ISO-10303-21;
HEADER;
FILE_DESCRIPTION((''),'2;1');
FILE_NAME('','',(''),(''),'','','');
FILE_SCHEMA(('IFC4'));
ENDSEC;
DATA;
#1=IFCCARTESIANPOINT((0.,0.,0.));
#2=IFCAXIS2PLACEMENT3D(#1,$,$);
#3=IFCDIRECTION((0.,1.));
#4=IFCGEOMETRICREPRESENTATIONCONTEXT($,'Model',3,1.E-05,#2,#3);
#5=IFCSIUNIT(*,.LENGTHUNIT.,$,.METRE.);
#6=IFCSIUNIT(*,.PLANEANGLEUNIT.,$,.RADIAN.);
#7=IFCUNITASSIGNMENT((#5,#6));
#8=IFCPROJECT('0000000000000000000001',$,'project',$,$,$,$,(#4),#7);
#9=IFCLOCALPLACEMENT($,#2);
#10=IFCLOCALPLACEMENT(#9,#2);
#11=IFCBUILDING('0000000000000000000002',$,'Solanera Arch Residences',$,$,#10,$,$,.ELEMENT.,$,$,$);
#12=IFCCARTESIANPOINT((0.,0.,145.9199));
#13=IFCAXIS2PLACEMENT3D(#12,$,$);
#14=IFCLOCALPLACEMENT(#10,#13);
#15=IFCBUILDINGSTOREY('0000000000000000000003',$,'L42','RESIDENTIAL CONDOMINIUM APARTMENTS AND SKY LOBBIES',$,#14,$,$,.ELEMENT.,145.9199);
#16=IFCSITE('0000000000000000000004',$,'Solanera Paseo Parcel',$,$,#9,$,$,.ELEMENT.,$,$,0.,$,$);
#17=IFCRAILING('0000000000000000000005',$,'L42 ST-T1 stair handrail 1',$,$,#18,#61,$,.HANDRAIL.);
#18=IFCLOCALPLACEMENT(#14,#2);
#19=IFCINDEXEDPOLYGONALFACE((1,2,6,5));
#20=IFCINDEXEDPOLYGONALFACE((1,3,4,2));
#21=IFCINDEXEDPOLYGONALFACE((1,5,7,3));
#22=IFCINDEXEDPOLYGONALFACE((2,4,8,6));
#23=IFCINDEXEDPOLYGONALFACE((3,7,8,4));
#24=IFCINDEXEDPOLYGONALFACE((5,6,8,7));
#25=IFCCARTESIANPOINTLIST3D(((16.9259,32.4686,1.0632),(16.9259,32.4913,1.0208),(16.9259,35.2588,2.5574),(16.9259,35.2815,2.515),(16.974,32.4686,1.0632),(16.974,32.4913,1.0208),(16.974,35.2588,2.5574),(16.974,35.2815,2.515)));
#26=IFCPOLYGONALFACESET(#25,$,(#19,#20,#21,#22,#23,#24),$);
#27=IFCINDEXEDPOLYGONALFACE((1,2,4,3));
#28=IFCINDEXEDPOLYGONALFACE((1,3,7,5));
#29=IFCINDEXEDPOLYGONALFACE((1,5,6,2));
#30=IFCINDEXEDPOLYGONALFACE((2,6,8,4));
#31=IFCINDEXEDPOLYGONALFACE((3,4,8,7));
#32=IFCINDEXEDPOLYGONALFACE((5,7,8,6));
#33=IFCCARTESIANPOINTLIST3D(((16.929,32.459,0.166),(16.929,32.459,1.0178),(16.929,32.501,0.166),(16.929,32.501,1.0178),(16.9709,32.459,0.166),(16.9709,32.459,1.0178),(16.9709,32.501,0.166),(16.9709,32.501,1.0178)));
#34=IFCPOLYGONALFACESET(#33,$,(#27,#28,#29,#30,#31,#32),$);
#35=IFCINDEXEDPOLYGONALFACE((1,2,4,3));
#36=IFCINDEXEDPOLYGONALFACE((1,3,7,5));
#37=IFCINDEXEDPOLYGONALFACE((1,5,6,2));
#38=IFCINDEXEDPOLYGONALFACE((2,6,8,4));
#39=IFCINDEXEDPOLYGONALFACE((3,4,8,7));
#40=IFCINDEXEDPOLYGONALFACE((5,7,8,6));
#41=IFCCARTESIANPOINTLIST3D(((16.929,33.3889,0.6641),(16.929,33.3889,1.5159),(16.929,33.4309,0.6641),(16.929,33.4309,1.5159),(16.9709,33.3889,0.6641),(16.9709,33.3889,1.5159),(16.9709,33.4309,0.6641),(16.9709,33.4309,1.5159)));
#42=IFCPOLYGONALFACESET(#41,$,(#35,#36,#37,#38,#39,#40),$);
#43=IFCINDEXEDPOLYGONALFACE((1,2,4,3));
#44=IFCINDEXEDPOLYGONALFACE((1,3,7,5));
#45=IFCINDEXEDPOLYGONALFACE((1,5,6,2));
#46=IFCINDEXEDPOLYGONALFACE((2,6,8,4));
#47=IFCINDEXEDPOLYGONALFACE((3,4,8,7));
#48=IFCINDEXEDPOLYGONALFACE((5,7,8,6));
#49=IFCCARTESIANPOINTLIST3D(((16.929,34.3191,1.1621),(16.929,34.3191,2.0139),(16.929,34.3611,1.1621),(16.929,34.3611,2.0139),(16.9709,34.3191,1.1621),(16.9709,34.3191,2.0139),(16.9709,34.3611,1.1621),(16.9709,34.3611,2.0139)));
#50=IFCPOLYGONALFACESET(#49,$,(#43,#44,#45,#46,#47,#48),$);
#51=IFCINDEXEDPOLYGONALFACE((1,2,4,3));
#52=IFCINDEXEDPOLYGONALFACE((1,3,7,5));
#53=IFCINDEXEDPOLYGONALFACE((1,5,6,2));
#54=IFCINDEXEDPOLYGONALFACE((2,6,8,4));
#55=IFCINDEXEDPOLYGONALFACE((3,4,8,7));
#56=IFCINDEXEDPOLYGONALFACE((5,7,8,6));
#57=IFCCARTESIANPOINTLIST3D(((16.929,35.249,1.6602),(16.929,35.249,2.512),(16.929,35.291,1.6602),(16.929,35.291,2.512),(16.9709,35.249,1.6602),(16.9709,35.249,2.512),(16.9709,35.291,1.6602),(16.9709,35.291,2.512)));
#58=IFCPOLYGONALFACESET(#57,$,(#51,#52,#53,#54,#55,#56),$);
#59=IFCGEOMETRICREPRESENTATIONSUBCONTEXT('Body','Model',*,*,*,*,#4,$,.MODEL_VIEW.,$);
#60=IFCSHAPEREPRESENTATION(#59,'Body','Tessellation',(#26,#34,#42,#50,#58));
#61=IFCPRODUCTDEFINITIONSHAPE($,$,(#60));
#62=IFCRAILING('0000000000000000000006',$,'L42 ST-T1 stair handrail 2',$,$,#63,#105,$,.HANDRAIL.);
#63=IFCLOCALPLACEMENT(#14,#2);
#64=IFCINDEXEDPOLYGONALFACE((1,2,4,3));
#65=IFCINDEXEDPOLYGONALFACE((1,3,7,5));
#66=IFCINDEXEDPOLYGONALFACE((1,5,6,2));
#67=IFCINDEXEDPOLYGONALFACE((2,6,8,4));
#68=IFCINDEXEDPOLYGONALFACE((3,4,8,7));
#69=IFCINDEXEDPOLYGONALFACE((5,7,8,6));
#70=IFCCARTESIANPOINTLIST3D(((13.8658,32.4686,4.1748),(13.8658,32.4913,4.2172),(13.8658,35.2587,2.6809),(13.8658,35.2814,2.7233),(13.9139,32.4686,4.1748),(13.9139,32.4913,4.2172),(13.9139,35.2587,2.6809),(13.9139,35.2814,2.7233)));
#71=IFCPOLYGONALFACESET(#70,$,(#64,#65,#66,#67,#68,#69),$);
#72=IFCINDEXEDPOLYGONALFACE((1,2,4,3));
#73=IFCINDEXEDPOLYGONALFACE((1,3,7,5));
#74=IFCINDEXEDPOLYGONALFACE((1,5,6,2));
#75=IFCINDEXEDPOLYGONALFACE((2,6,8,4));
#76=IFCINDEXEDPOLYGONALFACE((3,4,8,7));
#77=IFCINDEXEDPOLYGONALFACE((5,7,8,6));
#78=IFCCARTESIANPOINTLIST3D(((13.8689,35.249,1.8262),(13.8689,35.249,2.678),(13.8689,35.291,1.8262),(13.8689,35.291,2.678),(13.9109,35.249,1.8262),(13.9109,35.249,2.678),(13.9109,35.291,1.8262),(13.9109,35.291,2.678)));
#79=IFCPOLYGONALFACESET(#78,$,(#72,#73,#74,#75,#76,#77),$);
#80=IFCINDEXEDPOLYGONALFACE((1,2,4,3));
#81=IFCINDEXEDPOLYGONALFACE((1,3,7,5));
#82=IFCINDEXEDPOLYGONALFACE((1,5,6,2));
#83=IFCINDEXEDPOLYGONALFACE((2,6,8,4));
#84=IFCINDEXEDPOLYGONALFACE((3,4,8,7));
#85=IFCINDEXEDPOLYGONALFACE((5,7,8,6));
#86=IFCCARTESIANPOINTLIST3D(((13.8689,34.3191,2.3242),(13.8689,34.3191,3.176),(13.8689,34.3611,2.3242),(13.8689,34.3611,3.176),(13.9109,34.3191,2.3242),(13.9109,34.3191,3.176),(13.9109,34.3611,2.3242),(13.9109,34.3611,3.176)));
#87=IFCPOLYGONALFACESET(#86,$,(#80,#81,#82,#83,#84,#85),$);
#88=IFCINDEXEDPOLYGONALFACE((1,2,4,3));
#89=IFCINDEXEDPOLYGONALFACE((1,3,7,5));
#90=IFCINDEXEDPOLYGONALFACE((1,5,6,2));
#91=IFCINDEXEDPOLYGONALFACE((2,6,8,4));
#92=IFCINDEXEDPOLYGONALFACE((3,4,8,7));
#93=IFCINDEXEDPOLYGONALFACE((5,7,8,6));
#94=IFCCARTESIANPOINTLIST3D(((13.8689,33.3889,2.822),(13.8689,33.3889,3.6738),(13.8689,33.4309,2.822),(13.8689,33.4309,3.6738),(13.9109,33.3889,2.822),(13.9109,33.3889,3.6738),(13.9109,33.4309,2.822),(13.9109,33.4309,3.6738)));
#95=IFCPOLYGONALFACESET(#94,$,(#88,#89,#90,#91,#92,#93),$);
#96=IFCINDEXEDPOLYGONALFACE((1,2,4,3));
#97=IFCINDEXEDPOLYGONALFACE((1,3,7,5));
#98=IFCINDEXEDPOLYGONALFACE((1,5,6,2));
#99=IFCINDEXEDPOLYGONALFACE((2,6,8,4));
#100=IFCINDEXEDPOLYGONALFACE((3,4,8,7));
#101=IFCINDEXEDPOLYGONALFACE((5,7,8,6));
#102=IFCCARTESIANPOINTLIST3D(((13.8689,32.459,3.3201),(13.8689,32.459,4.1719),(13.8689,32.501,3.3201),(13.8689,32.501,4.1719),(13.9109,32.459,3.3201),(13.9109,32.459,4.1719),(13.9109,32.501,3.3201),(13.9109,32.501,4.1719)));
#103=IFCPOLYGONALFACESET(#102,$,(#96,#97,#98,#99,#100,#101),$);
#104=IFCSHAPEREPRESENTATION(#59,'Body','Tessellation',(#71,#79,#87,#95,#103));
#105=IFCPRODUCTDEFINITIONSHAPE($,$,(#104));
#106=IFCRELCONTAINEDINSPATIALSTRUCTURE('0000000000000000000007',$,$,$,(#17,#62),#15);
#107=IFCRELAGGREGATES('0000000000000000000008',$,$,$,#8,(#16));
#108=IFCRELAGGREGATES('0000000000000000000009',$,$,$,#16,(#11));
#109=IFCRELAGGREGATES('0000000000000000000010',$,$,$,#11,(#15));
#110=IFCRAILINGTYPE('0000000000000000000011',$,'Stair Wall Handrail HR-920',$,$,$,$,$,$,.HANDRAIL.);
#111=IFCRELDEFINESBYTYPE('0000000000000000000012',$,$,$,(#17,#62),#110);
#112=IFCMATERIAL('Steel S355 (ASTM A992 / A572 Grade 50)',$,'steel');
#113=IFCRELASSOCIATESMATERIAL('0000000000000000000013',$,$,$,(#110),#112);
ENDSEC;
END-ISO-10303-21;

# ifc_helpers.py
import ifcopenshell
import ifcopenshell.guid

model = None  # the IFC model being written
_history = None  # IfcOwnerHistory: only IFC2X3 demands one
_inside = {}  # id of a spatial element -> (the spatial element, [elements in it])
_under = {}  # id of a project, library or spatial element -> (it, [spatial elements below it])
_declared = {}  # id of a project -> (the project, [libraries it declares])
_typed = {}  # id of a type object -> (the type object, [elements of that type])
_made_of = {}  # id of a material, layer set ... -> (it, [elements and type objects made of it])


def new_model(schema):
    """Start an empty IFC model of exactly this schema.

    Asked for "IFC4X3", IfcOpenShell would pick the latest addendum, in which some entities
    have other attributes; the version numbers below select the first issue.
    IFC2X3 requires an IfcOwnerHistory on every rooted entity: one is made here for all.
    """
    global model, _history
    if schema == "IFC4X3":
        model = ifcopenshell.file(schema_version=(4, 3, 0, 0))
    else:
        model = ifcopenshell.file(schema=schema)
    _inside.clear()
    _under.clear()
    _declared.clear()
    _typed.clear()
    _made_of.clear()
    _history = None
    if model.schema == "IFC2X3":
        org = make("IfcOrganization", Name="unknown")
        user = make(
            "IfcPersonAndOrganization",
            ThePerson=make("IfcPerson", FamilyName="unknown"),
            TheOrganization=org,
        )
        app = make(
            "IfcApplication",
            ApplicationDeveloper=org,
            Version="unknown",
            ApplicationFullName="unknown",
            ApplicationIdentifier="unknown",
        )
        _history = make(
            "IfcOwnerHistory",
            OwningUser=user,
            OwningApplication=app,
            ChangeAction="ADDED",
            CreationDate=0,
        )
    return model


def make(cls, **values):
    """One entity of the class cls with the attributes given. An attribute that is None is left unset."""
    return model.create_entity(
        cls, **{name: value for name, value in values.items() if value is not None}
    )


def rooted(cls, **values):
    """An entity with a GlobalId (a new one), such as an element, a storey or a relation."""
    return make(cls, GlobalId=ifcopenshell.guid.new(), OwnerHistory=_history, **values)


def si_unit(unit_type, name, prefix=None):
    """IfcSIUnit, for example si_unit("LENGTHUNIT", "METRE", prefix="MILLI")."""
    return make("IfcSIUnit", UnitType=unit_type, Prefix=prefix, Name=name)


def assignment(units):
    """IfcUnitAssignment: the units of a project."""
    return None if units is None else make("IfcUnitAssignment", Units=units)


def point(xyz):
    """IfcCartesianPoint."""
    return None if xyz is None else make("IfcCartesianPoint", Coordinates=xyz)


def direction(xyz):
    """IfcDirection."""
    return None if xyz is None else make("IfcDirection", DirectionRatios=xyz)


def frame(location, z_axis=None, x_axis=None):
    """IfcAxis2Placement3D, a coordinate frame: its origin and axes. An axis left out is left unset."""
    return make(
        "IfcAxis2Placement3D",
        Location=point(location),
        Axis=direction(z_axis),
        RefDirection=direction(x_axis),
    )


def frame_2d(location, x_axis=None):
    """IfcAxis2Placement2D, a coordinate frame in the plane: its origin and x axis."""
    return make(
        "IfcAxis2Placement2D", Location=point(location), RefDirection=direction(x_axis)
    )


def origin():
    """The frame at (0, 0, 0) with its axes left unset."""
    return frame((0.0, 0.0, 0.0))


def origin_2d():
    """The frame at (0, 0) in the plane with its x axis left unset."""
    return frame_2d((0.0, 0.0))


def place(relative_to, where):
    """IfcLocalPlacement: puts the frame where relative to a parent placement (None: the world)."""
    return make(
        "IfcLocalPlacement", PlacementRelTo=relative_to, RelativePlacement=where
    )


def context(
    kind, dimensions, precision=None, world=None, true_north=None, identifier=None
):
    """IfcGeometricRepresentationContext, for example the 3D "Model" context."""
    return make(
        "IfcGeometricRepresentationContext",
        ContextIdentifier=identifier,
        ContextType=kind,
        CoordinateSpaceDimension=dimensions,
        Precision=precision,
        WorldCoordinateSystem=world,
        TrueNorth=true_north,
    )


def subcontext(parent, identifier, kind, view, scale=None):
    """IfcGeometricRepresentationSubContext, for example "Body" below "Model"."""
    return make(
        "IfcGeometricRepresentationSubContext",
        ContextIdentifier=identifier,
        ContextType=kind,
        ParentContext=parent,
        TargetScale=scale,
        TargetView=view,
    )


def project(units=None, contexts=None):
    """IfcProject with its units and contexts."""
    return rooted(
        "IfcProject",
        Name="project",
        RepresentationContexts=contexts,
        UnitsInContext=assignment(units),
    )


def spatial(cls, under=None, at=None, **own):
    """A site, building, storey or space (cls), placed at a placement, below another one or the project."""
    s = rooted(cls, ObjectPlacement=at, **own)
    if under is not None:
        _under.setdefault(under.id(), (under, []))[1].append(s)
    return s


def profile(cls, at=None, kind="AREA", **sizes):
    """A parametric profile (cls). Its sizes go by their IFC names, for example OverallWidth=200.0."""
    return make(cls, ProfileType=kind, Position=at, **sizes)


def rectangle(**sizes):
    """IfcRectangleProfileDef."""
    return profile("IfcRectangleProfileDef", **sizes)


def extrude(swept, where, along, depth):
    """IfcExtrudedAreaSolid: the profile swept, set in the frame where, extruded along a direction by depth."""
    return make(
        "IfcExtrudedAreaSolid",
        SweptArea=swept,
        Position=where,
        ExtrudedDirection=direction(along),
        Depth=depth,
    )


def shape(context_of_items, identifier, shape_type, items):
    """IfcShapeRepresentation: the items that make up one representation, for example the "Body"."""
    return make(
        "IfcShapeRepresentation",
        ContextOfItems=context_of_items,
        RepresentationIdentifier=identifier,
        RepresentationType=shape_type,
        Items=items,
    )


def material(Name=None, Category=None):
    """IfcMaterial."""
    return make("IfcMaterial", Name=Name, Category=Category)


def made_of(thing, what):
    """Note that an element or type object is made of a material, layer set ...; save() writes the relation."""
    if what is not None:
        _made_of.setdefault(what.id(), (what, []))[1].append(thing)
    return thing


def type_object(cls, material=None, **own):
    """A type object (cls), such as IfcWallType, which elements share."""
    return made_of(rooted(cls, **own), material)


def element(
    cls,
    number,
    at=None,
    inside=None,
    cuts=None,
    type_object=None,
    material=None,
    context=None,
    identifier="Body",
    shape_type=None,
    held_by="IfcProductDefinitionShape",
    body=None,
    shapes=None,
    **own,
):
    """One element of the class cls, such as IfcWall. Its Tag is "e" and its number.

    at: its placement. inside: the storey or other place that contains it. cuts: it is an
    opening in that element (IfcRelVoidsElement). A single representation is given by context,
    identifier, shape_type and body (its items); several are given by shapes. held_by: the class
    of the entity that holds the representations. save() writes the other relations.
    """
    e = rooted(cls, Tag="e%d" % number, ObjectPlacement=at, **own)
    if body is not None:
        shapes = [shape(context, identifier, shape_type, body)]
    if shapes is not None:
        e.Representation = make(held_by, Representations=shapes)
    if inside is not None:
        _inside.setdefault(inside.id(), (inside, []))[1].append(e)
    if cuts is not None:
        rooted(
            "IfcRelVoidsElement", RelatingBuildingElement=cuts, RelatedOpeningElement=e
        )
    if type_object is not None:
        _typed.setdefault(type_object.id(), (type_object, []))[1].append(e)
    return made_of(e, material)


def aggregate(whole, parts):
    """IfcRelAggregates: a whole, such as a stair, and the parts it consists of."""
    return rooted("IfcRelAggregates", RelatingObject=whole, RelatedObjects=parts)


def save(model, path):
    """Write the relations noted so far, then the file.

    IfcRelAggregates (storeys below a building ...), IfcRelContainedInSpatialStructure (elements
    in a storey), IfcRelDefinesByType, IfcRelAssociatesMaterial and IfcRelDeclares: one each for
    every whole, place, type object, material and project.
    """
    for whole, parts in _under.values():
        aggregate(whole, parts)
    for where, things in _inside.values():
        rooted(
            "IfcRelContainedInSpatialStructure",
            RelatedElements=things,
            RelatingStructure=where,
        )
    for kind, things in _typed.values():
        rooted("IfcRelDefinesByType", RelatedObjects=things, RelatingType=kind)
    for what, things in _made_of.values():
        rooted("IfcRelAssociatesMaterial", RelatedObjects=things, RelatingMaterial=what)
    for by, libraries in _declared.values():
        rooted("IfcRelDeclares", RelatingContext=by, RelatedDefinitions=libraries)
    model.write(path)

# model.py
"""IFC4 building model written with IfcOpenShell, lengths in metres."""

from ifc_helpers import new_model, si_unit, direction, frame, origin, origin_2d, place, context, subcontext, project, spatial, rectangle, extrude, material, type_object, element, save


model = new_model("IFC4")

# Units and contexts
model_context = context("Model", 3, precision=1e-05, world=origin(), true_north=direction((0.0, 1.0)))
body_context = subcontext(model_context, "Body", "Model", "MODEL_VIEW")
ifc_project = project(units=[si_unit("LENGTHUNIT", "METRE"), si_unit("PLANEANGLEUNIT", "RADIAN")], contexts=[model_context])

# Site, building, storey
site_placement = place(None, origin())
site = spatial("IfcSite", under=ifc_project, at=site_placement, Name="Solanera Paseo Parcel", CompositionType="ELEMENT", RefElevation=0.0)
building_placement = place(site_placement, origin())
building = spatial("IfcBuilding", under=site, at=building_placement, Name="Solanera Arch Residences", CompositionType="ELEMENT")
storey_placement = place(building_placement, frame((0.0, 0.0, 145.9199)))
storey = spatial("IfcBuildingStorey", under=building, at=storey_placement, Name="L42", Description="RESIDENTIAL CONDOMINIUM APARTMENTS AND SKY LOBBIES", CompositionType="ELEMENT", Elevation=145.9199)

# Railings
ifc_material_1 = material(Name="Steel S355 (ASTM A992 / A572 Grade 50)", Category="steel")
railing_type_1 = type_object("IfcRailingType", Name="Stair Wall Handrail HR-920", PredefinedType="HANDRAIL", material=ifc_material_1)
railing_1_placement = place(storey_placement, frame((16.95, 32.48, 0.166)))
element("IfcRailing", 1, at=railing_1_placement, inside=storey, type_object=railing_type_1, Name="L42 ST-T1 stair handrail 1", PredefinedType="HANDRAIL", context=body_context, shape_type="SweptSolid", body=[
    extrude(rectangle(XDim=0.0481, YDim=0.0481, at=origin_2d()), frame((0.0, 0.0, 0.876), z_axis=(0.0, 0.881549, 0.472093), x_axis=(-1.0, 0.0, 0.0)), (0.0, 0.0, 1.0), 3.165),
    extrude(rectangle(XDim=0.042, YDim=0.042, at=origin_2d()), origin(), (0.0, 0.0, 1.0), 0.8518),
    extrude(rectangle(XDim=0.042, YDim=0.042, at=origin_2d()), frame((0.0, 0.9299, 0.498)), (0.0, 0.0, 1.0), 0.8518),
    extrude(rectangle(XDim=0.042, YDim=0.042, at=origin_2d()), frame((0.0, 1.8601, 0.9961)), (0.0, 0.0, 1.0), 0.8518),
    extrude(rectangle(XDim=0.042, YDim=0.042, at=origin_2d()), frame((0.0, 2.79, 1.4941)), (0.0, 0.0, 1.0), 0.8518),
])
railing_2_placement = place(storey_placement, frame((13.8899, 35.27, 1.8262)))
element("IfcRailing", 2, at=railing_2_placement, inside=storey, type_object=railing_type_1, Name="L42 ST-T1 stair handrail 2", PredefinedType="HANDRAIL", context=body_context, shape_type="SweptSolid", body=[
    extrude(rectangle(XDim=0.0481, YDim=0.0481, at=origin_2d()), frame((0.0, 0.0, 0.876), z_axis=(0.0, -0.881581, 0.472033), x_axis=(1.0, 0.0, 0.0)), (0.0, 0.0, 1.0), 3.1648),
    extrude(rectangle(XDim=0.042, YDim=0.042, at=origin_2d()), origin(), (0.0, 0.0, 1.0), 0.8518),
    extrude(rectangle(XDim=0.042, YDim=0.042, at=origin_2d()), frame((0.0, -0.9299, 0.498)), (0.0, 0.0, 1.0), 0.8518),
    extrude(rectangle(XDim=0.042, YDim=0.042, at=origin_2d()), frame((0.0, -1.8601, 0.9958)), (0.0, 0.0, 1.0), 0.8518),
    extrude(rectangle(XDim=0.042, YDim=0.042, at=origin_2d()), frame((0.0, -2.79, 1.4939)), (0.0, 0.0, 1.0), 0.8518),
])

save(model, "model.ifc")
